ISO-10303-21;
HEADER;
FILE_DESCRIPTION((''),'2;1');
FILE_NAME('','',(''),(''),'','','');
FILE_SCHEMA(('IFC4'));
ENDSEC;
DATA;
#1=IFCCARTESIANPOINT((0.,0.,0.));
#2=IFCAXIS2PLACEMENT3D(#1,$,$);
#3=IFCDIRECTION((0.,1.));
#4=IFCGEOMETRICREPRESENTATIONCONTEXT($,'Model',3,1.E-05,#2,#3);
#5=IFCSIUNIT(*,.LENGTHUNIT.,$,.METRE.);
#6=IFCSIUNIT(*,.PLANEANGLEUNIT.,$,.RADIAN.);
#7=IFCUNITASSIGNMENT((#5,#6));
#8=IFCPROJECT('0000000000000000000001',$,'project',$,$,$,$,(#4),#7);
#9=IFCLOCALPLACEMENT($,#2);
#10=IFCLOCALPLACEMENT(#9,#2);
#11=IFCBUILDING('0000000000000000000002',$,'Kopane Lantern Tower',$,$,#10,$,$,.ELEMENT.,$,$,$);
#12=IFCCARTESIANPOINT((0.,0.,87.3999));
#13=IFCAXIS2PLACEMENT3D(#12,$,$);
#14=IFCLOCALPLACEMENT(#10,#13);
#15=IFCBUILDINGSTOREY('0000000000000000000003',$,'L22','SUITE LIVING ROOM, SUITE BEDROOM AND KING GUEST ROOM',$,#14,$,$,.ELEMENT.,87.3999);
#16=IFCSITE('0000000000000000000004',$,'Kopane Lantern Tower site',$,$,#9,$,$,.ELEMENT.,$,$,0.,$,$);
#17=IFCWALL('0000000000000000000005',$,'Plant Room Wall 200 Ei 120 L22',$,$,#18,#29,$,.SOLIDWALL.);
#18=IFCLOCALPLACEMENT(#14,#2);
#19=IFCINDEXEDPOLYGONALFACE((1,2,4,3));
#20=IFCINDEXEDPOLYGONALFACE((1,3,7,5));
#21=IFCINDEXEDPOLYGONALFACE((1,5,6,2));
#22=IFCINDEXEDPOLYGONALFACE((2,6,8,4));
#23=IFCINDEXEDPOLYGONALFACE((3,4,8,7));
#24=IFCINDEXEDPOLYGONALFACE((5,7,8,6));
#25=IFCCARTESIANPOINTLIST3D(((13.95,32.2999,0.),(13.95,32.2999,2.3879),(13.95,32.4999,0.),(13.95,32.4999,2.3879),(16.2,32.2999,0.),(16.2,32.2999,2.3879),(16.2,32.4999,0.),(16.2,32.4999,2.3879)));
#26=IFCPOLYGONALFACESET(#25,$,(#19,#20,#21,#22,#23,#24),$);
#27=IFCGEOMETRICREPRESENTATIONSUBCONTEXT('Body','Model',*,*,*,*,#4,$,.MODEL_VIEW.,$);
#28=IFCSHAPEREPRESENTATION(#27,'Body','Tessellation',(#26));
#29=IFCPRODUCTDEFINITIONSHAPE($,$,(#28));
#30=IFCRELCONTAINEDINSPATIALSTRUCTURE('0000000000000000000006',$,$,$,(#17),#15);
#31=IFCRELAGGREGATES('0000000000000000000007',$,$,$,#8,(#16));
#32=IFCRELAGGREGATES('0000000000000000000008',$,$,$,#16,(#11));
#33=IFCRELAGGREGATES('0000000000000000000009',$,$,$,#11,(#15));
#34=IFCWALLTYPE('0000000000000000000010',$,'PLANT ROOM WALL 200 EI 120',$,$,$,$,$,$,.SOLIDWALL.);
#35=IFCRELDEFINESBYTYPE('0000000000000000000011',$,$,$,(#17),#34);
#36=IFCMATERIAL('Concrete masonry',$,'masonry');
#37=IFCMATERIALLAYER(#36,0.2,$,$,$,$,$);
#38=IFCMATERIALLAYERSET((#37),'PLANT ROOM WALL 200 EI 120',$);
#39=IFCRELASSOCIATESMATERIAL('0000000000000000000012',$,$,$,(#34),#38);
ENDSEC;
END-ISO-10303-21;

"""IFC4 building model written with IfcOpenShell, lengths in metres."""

from ifc_helpers import new_model, si_unit, direction, frame, frame_2d, origin, place, context, subcontext, project, spatial, rectangle, extrude, material, layer, layer_set, type_object, element, save


model = new_model("IFC4")

# Units and contexts
model_context = context("Model", 3, precision=1e-05, world=origin(), true_north=direction((0.0, 1.0)))
body_context = subcontext(model_context, "Body", "Model", "MODEL_VIEW")
ifc_project = project(units=[si_unit("LENGTHUNIT", "METRE"), si_unit("PLANEANGLEUNIT", "RADIAN")], contexts=[model_context])

# Site, building, storey
site_placement = place(None, origin())
site = spatial("IfcSite", under=ifc_project, at=site_placement, Name="Kopane Lantern Tower site", CompositionType="ELEMENT", RefElevation=0.0)
building_placement = place(site_placement, origin())
building = spatial("IfcBuilding", under=site, at=building_placement, Name="Kopane Lantern Tower", CompositionType="ELEMENT")
storey_placement = place(building_placement, frame((0.0, 0.0, 87.3999)))
storey = spatial("IfcBuildingStorey", under=building, at=storey_placement, Name="L22", Description="SUITE LIVING ROOM, SUITE BEDROOM AND KING GUEST ROOM", CompositionType="ELEMENT", Elevation=87.3999)

# Wall
ifc_material_1 = material(Name="Concrete masonry", Category="masonry")
ifc_layer_1 = layer(ifc_material_1, 0.2)
ifc_layer_set_1 = layer_set([ifc_layer_1], Name="PLANT ROOM WALL 200 EI 120")
wall_type_1 = type_object("IfcWallType", Name="PLANT ROOM WALL 200 EI 120", PredefinedType="SOLIDWALL", material=ifc_layer_set_1)
wall_1_placement = place(storey_placement, frame((13.95, 32.3999, 0.0), z_axis=(0.0, 0.0, 1.0), x_axis=(1.0, 0.0, 0.0)))
element("IfcWall", 1, at=wall_1_placement, inside=storey, type_object=wall_type_1, Name="Plant Room Wall 200 Ei 120 L22", PredefinedType="SOLIDWALL", context=body_context, shape_type="SweptSolid", body=[
    extrude(rectangle(XDim=2.25, YDim=0.2, at=frame_2d((1.125, 0.0))), origin(), (0.0, 0.0, 1.0), 2.3879),
])

save(model, "model.ifc")
